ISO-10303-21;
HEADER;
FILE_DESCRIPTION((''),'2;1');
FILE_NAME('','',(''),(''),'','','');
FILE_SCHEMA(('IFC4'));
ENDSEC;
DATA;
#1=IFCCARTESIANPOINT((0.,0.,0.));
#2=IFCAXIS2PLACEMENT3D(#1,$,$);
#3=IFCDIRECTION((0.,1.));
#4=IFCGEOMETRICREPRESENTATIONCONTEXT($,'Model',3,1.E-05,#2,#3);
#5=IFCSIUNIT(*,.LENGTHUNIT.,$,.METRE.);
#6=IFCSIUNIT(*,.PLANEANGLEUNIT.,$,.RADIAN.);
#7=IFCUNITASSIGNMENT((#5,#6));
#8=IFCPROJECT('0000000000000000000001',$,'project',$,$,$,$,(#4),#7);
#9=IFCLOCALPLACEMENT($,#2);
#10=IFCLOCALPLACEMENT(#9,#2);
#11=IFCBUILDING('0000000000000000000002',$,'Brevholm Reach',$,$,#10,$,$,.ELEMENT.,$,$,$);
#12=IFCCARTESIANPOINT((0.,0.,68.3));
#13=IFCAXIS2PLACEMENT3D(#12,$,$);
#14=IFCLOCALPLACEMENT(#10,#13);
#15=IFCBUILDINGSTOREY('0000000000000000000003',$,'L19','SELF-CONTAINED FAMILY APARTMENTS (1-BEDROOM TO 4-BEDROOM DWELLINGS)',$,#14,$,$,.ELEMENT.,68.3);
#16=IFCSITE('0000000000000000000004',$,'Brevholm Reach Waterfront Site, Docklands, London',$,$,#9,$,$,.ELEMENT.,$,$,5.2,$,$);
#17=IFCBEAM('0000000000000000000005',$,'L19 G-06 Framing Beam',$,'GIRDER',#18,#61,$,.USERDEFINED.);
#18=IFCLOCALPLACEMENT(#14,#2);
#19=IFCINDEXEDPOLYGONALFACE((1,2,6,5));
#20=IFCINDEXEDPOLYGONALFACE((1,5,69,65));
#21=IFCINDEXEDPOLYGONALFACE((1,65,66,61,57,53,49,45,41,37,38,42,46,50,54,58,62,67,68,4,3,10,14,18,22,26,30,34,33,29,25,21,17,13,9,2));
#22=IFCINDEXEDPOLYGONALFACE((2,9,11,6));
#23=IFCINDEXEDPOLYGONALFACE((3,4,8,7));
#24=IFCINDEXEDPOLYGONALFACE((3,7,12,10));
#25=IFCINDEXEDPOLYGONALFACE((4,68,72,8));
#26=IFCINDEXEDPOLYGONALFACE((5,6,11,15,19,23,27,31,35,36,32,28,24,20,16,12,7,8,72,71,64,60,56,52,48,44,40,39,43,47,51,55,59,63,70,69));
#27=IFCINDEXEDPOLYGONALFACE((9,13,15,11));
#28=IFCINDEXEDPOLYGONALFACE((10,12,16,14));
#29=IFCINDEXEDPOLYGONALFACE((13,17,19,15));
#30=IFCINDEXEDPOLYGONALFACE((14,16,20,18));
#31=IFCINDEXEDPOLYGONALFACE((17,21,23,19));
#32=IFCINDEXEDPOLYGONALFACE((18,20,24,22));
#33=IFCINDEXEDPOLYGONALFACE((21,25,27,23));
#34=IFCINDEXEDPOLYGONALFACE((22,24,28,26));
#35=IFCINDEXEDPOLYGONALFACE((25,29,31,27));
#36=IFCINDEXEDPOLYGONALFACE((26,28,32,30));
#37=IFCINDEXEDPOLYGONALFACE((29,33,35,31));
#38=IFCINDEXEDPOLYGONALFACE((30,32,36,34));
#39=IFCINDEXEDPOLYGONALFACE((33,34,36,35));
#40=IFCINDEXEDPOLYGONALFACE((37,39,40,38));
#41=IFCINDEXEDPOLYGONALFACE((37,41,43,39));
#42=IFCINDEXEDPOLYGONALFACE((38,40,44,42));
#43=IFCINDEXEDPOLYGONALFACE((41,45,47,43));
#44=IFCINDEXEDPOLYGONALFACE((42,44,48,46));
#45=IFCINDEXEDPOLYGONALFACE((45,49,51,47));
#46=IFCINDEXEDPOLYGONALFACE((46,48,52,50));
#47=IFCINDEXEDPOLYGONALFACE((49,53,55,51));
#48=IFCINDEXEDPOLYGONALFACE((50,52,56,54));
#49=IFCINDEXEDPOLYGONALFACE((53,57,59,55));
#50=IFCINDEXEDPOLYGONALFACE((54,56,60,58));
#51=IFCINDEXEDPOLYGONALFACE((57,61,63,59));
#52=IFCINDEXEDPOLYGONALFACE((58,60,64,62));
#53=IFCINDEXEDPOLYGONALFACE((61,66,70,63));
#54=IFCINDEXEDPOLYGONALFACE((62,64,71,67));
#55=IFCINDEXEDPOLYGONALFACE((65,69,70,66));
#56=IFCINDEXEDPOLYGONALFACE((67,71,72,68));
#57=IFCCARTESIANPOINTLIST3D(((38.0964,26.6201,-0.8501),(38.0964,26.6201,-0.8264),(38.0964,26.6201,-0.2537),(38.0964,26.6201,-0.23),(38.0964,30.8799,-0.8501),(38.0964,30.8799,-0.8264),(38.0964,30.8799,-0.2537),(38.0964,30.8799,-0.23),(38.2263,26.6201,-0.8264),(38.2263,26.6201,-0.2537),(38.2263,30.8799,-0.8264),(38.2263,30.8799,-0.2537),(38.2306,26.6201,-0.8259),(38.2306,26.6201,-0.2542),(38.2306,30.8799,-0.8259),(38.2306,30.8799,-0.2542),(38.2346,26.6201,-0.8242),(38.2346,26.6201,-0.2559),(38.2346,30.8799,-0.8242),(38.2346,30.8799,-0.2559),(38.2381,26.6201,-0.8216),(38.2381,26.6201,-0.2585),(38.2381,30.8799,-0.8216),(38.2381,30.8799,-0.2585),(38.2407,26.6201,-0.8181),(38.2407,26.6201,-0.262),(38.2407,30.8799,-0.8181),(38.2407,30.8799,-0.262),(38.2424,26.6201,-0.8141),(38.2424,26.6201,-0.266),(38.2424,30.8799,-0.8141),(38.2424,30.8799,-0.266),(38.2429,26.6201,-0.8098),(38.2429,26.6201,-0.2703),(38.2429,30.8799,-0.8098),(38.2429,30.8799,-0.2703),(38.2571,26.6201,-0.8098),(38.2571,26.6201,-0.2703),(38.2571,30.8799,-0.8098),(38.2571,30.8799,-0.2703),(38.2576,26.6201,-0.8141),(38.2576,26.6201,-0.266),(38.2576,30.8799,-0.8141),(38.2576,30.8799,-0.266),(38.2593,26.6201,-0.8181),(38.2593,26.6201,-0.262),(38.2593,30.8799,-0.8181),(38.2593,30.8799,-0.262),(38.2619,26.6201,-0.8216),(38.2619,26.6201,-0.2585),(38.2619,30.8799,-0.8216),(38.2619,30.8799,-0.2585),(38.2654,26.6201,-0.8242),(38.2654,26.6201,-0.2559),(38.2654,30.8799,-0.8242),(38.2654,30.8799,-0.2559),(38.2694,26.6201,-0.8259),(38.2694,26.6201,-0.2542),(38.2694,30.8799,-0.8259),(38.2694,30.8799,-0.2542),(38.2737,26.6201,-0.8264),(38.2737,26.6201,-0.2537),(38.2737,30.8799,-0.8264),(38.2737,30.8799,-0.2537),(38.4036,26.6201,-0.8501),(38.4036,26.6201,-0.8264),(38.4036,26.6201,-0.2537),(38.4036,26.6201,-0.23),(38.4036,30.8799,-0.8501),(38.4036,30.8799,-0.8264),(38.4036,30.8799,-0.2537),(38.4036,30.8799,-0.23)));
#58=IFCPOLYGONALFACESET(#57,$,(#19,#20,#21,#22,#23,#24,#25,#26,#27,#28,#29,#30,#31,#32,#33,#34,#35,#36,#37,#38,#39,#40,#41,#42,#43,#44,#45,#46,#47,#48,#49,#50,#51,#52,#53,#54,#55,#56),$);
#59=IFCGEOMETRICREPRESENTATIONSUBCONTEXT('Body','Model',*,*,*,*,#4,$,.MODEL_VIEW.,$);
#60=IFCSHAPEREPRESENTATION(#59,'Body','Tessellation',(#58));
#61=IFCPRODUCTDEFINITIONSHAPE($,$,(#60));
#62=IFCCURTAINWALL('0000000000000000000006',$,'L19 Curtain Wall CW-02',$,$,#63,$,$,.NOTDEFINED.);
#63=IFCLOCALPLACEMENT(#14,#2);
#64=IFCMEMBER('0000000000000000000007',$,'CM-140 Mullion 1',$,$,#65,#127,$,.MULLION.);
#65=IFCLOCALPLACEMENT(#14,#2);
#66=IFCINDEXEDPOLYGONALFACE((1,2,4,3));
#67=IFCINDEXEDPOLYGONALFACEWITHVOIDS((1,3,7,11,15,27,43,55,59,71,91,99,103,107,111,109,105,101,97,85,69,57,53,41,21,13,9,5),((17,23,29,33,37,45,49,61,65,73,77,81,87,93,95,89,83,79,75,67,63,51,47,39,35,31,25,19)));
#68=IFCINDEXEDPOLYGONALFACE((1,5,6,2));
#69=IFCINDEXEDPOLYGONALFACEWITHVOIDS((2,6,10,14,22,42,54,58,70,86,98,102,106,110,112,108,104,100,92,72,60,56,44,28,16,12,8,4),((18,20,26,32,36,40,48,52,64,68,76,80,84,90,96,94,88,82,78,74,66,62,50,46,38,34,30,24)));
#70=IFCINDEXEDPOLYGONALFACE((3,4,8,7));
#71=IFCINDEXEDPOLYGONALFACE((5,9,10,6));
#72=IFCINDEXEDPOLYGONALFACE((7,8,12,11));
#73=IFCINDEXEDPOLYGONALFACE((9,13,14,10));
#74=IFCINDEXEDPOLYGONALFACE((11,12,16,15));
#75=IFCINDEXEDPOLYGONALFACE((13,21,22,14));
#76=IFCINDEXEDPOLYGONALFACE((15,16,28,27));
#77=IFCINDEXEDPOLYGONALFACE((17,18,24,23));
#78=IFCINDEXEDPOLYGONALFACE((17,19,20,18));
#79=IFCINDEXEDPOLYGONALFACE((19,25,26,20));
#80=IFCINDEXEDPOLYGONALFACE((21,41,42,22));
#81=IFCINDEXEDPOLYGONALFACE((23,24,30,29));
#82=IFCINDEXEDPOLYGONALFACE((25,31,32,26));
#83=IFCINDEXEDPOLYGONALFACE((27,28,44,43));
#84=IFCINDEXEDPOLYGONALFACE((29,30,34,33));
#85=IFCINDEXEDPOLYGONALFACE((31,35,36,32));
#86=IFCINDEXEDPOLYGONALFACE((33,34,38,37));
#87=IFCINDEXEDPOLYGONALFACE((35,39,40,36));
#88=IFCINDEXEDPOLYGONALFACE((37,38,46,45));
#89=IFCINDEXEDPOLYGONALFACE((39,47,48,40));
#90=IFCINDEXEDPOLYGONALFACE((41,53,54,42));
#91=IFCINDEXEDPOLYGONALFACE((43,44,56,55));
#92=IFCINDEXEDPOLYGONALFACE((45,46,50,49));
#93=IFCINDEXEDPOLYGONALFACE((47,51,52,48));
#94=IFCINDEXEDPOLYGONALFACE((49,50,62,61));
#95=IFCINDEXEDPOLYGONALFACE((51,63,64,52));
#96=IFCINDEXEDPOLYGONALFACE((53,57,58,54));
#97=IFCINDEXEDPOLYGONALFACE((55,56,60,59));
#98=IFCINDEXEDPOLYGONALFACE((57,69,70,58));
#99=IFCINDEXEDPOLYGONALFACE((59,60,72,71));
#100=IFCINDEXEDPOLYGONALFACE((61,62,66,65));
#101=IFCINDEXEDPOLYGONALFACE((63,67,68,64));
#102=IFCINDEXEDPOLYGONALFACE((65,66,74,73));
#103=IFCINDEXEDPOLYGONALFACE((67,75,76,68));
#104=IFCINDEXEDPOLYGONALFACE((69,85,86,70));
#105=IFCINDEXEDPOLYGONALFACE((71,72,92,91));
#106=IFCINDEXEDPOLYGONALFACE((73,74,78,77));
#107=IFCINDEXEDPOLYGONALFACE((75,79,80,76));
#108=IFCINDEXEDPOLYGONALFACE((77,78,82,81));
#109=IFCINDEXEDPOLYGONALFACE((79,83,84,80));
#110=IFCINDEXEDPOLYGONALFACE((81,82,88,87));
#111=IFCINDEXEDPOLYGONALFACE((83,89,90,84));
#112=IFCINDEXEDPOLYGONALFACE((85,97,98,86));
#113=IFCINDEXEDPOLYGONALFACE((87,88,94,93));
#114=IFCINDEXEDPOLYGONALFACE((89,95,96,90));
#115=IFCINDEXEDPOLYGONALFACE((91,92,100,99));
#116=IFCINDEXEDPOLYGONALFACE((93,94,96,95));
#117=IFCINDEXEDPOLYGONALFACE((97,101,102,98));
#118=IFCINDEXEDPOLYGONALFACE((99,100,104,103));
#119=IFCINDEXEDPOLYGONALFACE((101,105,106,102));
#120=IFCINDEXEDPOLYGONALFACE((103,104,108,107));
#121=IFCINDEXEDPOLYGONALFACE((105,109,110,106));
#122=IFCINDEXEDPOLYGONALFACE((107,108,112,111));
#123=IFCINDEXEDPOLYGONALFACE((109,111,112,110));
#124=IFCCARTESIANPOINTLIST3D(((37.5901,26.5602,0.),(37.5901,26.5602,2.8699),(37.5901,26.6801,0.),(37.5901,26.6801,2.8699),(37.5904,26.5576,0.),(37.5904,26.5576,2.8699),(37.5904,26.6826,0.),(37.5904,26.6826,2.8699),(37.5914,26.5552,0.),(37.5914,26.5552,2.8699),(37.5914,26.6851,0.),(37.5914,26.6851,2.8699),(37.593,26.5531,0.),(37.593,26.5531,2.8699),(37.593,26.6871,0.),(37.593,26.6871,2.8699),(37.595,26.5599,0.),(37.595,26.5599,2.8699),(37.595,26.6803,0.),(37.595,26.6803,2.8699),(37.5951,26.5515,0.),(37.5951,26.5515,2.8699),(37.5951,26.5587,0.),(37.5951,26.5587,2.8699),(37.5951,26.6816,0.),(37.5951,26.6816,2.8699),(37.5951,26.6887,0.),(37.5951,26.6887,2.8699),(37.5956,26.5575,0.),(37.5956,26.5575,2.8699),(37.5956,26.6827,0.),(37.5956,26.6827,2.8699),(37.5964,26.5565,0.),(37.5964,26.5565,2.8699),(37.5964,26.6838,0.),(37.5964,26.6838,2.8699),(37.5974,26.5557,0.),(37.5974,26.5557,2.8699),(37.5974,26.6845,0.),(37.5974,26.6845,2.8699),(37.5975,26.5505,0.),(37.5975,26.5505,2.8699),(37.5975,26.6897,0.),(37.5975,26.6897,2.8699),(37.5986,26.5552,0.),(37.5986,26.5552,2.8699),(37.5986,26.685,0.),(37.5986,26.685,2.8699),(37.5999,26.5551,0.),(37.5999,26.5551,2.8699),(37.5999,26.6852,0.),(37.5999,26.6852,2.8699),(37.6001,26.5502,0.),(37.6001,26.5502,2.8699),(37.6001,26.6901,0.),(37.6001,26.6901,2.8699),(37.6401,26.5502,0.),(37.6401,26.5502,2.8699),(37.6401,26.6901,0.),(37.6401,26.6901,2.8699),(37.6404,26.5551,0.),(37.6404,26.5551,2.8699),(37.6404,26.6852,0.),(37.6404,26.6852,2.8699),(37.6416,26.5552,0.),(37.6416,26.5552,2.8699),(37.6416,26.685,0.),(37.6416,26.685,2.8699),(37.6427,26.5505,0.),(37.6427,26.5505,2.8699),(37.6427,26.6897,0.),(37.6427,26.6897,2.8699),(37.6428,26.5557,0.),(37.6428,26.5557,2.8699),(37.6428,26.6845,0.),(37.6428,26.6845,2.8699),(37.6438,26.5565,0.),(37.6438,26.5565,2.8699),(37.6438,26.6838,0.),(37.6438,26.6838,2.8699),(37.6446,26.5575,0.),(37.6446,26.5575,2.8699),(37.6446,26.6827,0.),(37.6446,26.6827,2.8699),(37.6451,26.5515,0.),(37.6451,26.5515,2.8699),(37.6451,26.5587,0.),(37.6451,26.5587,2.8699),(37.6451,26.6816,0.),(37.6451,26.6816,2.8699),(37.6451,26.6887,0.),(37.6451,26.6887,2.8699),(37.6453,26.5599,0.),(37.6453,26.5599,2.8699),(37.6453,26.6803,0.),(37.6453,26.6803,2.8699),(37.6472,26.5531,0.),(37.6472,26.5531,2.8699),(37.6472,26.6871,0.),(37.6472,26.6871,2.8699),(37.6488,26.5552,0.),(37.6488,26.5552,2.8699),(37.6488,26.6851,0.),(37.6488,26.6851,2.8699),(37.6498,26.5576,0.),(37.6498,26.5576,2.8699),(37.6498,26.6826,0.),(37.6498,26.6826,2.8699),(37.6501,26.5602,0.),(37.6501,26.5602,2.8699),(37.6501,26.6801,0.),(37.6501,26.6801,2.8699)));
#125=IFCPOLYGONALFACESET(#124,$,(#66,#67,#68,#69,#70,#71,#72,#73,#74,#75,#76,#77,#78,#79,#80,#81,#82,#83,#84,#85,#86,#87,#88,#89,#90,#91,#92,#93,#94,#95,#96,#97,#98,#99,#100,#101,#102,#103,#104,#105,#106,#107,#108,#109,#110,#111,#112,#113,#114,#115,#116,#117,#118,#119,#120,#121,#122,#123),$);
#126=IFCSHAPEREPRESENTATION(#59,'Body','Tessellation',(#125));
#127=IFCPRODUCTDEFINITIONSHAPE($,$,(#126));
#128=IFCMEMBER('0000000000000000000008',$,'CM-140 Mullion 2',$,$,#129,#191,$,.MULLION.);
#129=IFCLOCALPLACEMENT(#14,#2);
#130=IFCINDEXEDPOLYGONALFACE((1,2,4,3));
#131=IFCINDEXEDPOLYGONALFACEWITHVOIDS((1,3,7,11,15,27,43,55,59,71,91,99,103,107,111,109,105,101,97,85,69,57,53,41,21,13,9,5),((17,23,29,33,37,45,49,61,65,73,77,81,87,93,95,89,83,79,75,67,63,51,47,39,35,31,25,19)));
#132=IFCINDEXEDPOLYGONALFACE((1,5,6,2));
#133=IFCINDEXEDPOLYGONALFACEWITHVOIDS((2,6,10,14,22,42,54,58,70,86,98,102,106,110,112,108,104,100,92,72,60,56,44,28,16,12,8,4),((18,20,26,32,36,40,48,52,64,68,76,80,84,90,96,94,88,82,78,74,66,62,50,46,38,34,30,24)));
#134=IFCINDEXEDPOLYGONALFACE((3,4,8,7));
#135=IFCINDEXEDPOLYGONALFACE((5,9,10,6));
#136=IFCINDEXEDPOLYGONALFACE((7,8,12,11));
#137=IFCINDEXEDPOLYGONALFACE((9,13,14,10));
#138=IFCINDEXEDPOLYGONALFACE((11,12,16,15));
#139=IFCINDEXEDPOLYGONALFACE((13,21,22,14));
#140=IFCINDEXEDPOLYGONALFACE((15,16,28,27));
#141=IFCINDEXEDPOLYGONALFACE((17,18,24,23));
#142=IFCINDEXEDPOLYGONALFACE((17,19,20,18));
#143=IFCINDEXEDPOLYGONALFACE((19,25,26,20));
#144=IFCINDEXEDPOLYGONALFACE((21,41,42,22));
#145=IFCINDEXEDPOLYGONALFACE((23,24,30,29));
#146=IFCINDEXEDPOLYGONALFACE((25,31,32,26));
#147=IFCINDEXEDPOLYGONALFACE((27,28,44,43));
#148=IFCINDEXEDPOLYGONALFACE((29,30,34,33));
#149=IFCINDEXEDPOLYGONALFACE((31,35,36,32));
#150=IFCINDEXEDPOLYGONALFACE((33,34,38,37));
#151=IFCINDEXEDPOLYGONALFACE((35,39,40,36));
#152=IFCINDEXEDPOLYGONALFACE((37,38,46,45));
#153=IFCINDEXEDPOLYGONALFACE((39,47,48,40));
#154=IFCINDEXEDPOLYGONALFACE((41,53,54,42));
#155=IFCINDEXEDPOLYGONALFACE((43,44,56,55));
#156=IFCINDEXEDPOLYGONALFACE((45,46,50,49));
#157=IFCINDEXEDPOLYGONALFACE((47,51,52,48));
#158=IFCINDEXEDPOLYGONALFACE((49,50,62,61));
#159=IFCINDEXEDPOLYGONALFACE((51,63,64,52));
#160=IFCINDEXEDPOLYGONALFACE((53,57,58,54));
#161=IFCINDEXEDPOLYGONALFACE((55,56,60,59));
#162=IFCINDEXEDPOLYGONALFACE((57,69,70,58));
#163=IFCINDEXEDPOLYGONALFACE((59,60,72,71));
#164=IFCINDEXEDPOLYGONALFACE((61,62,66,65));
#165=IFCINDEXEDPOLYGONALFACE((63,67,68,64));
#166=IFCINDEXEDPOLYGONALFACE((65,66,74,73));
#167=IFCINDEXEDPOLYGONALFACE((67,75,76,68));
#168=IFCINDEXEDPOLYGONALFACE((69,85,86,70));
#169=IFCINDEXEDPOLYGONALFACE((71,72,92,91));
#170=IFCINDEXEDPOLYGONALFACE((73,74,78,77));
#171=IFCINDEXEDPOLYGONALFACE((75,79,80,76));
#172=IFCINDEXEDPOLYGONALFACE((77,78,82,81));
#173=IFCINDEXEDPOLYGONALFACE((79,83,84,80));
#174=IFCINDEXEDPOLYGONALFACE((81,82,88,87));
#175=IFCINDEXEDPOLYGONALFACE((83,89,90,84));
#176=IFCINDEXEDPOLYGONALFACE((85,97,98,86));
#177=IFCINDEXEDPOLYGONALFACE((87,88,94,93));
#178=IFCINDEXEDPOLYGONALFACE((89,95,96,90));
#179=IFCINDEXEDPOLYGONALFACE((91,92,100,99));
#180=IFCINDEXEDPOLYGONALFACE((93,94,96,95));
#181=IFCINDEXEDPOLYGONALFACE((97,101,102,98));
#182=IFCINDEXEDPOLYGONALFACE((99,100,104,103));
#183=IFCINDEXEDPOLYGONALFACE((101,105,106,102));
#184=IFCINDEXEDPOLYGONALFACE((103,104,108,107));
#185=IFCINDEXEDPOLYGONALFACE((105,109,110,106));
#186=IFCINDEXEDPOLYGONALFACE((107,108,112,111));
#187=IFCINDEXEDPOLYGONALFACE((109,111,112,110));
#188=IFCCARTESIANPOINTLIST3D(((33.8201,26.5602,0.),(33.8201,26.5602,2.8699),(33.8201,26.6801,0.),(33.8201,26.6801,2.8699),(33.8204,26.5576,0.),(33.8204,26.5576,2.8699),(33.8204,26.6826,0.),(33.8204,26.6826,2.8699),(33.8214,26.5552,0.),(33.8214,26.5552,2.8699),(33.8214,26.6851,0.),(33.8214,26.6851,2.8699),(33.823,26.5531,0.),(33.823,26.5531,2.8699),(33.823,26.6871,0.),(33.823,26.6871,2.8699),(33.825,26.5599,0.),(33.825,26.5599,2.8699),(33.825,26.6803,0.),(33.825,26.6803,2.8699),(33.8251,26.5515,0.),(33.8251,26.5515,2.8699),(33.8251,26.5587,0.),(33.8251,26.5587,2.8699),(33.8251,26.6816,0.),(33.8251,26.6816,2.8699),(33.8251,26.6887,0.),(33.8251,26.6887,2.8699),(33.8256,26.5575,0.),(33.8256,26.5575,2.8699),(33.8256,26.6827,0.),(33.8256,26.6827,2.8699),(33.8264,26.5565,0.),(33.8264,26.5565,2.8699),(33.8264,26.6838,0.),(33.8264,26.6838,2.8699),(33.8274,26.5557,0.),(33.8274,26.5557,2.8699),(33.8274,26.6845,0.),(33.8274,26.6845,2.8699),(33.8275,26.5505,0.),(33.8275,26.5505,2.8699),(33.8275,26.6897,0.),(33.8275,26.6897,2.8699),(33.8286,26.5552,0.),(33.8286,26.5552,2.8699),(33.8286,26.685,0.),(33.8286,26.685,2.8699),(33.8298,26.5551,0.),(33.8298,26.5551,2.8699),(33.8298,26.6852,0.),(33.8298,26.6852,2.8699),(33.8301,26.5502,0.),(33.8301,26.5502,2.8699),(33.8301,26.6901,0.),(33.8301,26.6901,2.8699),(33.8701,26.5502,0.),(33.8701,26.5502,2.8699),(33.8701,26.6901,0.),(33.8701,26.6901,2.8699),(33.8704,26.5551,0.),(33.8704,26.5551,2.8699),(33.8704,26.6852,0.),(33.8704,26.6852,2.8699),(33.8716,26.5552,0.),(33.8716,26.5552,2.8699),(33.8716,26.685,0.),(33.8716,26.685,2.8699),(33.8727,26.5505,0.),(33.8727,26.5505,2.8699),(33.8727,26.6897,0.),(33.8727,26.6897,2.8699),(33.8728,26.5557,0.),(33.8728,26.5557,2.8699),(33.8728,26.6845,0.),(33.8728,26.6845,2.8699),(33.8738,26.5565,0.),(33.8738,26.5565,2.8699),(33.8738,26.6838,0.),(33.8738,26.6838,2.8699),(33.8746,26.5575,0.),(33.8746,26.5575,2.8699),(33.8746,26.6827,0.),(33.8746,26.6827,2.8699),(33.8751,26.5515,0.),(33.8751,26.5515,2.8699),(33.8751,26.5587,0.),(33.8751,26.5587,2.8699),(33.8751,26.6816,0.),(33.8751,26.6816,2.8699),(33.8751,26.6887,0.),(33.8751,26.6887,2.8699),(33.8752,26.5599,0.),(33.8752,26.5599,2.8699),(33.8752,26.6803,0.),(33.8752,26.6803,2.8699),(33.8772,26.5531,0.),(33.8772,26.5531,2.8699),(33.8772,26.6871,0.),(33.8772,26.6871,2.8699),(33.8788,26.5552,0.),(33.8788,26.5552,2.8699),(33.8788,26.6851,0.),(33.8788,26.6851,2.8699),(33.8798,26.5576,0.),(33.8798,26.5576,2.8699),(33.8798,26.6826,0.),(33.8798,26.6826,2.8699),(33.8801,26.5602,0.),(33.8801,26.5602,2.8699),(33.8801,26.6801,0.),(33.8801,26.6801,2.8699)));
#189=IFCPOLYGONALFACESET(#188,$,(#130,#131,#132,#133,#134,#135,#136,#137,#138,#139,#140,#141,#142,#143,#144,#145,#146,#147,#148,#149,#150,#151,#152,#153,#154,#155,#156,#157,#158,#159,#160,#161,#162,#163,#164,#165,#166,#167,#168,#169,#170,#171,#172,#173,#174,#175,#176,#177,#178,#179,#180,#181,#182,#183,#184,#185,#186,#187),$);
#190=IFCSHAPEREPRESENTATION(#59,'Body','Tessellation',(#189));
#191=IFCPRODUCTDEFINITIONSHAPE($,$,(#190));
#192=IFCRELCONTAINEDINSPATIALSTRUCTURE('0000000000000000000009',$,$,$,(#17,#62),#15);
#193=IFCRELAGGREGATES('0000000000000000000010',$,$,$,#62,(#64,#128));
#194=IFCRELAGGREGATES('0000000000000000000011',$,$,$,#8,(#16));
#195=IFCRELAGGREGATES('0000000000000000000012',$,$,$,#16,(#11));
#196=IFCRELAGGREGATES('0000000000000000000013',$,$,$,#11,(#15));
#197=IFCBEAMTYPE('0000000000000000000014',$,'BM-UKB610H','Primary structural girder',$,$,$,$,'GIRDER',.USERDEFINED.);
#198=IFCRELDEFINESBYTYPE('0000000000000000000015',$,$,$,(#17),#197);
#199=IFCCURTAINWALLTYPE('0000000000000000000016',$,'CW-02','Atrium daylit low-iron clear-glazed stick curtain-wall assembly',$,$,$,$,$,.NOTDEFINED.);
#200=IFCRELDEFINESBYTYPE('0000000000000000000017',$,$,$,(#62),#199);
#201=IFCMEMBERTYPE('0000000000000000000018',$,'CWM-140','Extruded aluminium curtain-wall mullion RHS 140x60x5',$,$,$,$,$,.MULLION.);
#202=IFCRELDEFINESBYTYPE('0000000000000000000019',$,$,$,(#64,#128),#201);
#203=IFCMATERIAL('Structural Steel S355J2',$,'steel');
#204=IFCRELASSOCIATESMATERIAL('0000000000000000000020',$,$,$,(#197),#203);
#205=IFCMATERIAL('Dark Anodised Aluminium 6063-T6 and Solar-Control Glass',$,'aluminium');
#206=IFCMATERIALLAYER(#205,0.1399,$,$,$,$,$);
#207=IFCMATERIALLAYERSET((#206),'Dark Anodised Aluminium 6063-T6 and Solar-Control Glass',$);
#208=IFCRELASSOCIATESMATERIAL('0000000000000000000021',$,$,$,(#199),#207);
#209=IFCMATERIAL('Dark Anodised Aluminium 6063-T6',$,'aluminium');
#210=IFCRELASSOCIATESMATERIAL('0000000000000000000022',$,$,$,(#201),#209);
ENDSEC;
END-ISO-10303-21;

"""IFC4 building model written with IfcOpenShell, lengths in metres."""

from ifc_helpers import new_model, si_unit, direction, frame, origin, origin_2d, place, context, subcontext, project, spatial, hollow_rectangle, i_section, extrude, material, layer, layer_set, material_profile, profile_set, type_object, element, aggregate, save


model = new_model("IFC4")

# Units and contexts
model_context = context("Model", 3, precision=1e-05, world=origin(), true_north=direction((0.0, 1.0)))
body_context = subcontext(model_context, "Body", "Model", "MODEL_VIEW")
ifc_project = project(units=[si_unit("LENGTHUNIT", "METRE"), si_unit("PLANEANGLEUNIT", "RADIAN")], contexts=[model_context])

# Site, building, storey
site_placement = place(None, origin())
site = spatial("IfcSite", under=ifc_project, at=site_placement, Name="Brevholm Reach Waterfront Site, Docklands, London", CompositionType="ELEMENT", RefElevation=5.2)
building_placement = place(site_placement, origin())
building = spatial("IfcBuilding", under=site, at=building_placement, Name="Brevholm Reach", CompositionType="ELEMENT")
storey_placement = place(building_placement, frame((0.0, 0.0, 68.3)))
storey = spatial("IfcBuildingStorey", under=building, at=storey_placement, Name="L19", Description="SELF-CONTAINED FAMILY APARTMENTS (1-BEDROOM TO 4-BEDROOM DWELLINGS)", CompositionType="ELEMENT", Elevation=68.3)

# Beam
ifc_material_1 = material(Name="Structural Steel S355J2", Category="steel")
ifc_material_profile_1 = material_profile(ifc_material_1, i_section(OverallWidth=0.3071, OverallDepth=0.6201, WebThickness=0.0142, FlangeThickness=0.0237, FilletRadius=0.0166, at=origin_2d()), Name="UKB 610x305x179")
ifc_profile_set_1 = profile_set([ifc_material_profile_1], Name="Structural Steel S355J2")
beam_type_1 = type_object("IfcBeamType", Name="BM-UKB610H", Description="Primary structural girder", ElementType="GIRDER", PredefinedType="USERDEFINED", material=ifc_profile_set_1)
beam_1_placement = place(storey_placement, frame((38.25, 26.6201, -0.54), z_axis=(0.0, 1.0, 0.0), x_axis=(-1.0, 0.0, 0.0)))
element("IfcBeam", 1, at=beam_1_placement, inside=storey, type_object=beam_type_1, Name="L19 G-06 Framing Beam", ObjectType="GIRDER", PredefinedType="USERDEFINED", context=body_context, shape_type="SweptSolid", body=[
    extrude(i_section(OverallWidth=0.3071, OverallDepth=0.6201, WebThickness=0.0142, FlangeThickness=0.0237, FilletRadius=0.0166, at=origin_2d()), origin(), (0.0, 0.0, 1.0), 4.2598),
])

# Curtain wall, members
ifc_material_2 = material(Name="Dark Anodised Aluminium 6063-T6 and Solar-Control Glass", Category="aluminium")
ifc_layer_1 = layer(ifc_material_2, 0.1399)
ifc_layer_set_1 = layer_set([ifc_layer_1], Name="Dark Anodised Aluminium 6063-T6 and Solar-Control Glass")
curtain_wall_type_1 = type_object("IfcCurtainWallType", Name="CW-02", Description="Atrium daylit low-iron clear-glazed stick curtain-wall assembly", PredefinedType="NOTDEFINED", material=ifc_layer_set_1)
curtain_wall_1_placement = place(storey_placement, origin())
curtain_wall_1 = element("IfcCurtainWall", 2, at=curtain_wall_1_placement, inside=storey, type_object=curtain_wall_type_1, Name="L19 Curtain Wall CW-02", PredefinedType="NOTDEFINED")
ifc_material_3 = material(Name="Dark Anodised Aluminium 6063-T6", Category="aluminium")
ifc_material_profile_2 = material_profile(ifc_material_3, hollow_rectangle(XDim=0.0601, YDim=0.1399, WallThickness=0.0049, InnerFilletRadius=0.0049, OuterFilletRadius=0.01, at=origin_2d()), Name="RHS 140x60x5")
ifc_profile_set_2 = profile_set([ifc_material_profile_2], Name="Dark Anodised Aluminium 6063-T6")
member_type_1 = type_object("IfcMemberType", Name="CWM-140", Description="Extruded aluminium curtain-wall mullion RHS 140x60x5", PredefinedType="MULLION", material=ifc_profile_set_2)
member_1_placement = place(storey_placement, frame((37.6201, 26.6201, 0.0), z_axis=(0.0, 0.0, 1.0), x_axis=(-1.0, 0.0, 0.0)))
member_1 = element("IfcMember", 3, at=member_1_placement, type_object=member_type_1, Name="CM-140 Mullion 1", PredefinedType="MULLION", context=body_context, shape_type="SweptSolid", body=[
    extrude(hollow_rectangle(XDim=0.0601, YDim=0.1399, WallThickness=0.0049, InnerFilletRadius=0.0049, OuterFilletRadius=0.01, at=origin_2d()), origin(), (0.0, 0.0, 1.0), 2.8699),
])
member_2_placement = place(storey_placement, frame((33.8501, 26.6201, 0.0), z_axis=(0.0, 0.0, 1.0), x_axis=(-1.0, 0.0, 0.0)))
member_2 = element("IfcMember", 4, at=member_2_placement, type_object=member_type_1, Name="CM-140 Mullion 2", PredefinedType="MULLION", context=body_context, shape_type="SweptSolid", body=[
    extrude(hollow_rectangle(XDim=0.0601, YDim=0.1399, WallThickness=0.0049, InnerFilletRadius=0.0049, OuterFilletRadius=0.01, at=origin_2d()), origin(), (0.0, 0.0, 1.0), 2.8699),
])

aggregate(curtain_wall_1, [member_1, member_2])

save(model, "model.ifc")
